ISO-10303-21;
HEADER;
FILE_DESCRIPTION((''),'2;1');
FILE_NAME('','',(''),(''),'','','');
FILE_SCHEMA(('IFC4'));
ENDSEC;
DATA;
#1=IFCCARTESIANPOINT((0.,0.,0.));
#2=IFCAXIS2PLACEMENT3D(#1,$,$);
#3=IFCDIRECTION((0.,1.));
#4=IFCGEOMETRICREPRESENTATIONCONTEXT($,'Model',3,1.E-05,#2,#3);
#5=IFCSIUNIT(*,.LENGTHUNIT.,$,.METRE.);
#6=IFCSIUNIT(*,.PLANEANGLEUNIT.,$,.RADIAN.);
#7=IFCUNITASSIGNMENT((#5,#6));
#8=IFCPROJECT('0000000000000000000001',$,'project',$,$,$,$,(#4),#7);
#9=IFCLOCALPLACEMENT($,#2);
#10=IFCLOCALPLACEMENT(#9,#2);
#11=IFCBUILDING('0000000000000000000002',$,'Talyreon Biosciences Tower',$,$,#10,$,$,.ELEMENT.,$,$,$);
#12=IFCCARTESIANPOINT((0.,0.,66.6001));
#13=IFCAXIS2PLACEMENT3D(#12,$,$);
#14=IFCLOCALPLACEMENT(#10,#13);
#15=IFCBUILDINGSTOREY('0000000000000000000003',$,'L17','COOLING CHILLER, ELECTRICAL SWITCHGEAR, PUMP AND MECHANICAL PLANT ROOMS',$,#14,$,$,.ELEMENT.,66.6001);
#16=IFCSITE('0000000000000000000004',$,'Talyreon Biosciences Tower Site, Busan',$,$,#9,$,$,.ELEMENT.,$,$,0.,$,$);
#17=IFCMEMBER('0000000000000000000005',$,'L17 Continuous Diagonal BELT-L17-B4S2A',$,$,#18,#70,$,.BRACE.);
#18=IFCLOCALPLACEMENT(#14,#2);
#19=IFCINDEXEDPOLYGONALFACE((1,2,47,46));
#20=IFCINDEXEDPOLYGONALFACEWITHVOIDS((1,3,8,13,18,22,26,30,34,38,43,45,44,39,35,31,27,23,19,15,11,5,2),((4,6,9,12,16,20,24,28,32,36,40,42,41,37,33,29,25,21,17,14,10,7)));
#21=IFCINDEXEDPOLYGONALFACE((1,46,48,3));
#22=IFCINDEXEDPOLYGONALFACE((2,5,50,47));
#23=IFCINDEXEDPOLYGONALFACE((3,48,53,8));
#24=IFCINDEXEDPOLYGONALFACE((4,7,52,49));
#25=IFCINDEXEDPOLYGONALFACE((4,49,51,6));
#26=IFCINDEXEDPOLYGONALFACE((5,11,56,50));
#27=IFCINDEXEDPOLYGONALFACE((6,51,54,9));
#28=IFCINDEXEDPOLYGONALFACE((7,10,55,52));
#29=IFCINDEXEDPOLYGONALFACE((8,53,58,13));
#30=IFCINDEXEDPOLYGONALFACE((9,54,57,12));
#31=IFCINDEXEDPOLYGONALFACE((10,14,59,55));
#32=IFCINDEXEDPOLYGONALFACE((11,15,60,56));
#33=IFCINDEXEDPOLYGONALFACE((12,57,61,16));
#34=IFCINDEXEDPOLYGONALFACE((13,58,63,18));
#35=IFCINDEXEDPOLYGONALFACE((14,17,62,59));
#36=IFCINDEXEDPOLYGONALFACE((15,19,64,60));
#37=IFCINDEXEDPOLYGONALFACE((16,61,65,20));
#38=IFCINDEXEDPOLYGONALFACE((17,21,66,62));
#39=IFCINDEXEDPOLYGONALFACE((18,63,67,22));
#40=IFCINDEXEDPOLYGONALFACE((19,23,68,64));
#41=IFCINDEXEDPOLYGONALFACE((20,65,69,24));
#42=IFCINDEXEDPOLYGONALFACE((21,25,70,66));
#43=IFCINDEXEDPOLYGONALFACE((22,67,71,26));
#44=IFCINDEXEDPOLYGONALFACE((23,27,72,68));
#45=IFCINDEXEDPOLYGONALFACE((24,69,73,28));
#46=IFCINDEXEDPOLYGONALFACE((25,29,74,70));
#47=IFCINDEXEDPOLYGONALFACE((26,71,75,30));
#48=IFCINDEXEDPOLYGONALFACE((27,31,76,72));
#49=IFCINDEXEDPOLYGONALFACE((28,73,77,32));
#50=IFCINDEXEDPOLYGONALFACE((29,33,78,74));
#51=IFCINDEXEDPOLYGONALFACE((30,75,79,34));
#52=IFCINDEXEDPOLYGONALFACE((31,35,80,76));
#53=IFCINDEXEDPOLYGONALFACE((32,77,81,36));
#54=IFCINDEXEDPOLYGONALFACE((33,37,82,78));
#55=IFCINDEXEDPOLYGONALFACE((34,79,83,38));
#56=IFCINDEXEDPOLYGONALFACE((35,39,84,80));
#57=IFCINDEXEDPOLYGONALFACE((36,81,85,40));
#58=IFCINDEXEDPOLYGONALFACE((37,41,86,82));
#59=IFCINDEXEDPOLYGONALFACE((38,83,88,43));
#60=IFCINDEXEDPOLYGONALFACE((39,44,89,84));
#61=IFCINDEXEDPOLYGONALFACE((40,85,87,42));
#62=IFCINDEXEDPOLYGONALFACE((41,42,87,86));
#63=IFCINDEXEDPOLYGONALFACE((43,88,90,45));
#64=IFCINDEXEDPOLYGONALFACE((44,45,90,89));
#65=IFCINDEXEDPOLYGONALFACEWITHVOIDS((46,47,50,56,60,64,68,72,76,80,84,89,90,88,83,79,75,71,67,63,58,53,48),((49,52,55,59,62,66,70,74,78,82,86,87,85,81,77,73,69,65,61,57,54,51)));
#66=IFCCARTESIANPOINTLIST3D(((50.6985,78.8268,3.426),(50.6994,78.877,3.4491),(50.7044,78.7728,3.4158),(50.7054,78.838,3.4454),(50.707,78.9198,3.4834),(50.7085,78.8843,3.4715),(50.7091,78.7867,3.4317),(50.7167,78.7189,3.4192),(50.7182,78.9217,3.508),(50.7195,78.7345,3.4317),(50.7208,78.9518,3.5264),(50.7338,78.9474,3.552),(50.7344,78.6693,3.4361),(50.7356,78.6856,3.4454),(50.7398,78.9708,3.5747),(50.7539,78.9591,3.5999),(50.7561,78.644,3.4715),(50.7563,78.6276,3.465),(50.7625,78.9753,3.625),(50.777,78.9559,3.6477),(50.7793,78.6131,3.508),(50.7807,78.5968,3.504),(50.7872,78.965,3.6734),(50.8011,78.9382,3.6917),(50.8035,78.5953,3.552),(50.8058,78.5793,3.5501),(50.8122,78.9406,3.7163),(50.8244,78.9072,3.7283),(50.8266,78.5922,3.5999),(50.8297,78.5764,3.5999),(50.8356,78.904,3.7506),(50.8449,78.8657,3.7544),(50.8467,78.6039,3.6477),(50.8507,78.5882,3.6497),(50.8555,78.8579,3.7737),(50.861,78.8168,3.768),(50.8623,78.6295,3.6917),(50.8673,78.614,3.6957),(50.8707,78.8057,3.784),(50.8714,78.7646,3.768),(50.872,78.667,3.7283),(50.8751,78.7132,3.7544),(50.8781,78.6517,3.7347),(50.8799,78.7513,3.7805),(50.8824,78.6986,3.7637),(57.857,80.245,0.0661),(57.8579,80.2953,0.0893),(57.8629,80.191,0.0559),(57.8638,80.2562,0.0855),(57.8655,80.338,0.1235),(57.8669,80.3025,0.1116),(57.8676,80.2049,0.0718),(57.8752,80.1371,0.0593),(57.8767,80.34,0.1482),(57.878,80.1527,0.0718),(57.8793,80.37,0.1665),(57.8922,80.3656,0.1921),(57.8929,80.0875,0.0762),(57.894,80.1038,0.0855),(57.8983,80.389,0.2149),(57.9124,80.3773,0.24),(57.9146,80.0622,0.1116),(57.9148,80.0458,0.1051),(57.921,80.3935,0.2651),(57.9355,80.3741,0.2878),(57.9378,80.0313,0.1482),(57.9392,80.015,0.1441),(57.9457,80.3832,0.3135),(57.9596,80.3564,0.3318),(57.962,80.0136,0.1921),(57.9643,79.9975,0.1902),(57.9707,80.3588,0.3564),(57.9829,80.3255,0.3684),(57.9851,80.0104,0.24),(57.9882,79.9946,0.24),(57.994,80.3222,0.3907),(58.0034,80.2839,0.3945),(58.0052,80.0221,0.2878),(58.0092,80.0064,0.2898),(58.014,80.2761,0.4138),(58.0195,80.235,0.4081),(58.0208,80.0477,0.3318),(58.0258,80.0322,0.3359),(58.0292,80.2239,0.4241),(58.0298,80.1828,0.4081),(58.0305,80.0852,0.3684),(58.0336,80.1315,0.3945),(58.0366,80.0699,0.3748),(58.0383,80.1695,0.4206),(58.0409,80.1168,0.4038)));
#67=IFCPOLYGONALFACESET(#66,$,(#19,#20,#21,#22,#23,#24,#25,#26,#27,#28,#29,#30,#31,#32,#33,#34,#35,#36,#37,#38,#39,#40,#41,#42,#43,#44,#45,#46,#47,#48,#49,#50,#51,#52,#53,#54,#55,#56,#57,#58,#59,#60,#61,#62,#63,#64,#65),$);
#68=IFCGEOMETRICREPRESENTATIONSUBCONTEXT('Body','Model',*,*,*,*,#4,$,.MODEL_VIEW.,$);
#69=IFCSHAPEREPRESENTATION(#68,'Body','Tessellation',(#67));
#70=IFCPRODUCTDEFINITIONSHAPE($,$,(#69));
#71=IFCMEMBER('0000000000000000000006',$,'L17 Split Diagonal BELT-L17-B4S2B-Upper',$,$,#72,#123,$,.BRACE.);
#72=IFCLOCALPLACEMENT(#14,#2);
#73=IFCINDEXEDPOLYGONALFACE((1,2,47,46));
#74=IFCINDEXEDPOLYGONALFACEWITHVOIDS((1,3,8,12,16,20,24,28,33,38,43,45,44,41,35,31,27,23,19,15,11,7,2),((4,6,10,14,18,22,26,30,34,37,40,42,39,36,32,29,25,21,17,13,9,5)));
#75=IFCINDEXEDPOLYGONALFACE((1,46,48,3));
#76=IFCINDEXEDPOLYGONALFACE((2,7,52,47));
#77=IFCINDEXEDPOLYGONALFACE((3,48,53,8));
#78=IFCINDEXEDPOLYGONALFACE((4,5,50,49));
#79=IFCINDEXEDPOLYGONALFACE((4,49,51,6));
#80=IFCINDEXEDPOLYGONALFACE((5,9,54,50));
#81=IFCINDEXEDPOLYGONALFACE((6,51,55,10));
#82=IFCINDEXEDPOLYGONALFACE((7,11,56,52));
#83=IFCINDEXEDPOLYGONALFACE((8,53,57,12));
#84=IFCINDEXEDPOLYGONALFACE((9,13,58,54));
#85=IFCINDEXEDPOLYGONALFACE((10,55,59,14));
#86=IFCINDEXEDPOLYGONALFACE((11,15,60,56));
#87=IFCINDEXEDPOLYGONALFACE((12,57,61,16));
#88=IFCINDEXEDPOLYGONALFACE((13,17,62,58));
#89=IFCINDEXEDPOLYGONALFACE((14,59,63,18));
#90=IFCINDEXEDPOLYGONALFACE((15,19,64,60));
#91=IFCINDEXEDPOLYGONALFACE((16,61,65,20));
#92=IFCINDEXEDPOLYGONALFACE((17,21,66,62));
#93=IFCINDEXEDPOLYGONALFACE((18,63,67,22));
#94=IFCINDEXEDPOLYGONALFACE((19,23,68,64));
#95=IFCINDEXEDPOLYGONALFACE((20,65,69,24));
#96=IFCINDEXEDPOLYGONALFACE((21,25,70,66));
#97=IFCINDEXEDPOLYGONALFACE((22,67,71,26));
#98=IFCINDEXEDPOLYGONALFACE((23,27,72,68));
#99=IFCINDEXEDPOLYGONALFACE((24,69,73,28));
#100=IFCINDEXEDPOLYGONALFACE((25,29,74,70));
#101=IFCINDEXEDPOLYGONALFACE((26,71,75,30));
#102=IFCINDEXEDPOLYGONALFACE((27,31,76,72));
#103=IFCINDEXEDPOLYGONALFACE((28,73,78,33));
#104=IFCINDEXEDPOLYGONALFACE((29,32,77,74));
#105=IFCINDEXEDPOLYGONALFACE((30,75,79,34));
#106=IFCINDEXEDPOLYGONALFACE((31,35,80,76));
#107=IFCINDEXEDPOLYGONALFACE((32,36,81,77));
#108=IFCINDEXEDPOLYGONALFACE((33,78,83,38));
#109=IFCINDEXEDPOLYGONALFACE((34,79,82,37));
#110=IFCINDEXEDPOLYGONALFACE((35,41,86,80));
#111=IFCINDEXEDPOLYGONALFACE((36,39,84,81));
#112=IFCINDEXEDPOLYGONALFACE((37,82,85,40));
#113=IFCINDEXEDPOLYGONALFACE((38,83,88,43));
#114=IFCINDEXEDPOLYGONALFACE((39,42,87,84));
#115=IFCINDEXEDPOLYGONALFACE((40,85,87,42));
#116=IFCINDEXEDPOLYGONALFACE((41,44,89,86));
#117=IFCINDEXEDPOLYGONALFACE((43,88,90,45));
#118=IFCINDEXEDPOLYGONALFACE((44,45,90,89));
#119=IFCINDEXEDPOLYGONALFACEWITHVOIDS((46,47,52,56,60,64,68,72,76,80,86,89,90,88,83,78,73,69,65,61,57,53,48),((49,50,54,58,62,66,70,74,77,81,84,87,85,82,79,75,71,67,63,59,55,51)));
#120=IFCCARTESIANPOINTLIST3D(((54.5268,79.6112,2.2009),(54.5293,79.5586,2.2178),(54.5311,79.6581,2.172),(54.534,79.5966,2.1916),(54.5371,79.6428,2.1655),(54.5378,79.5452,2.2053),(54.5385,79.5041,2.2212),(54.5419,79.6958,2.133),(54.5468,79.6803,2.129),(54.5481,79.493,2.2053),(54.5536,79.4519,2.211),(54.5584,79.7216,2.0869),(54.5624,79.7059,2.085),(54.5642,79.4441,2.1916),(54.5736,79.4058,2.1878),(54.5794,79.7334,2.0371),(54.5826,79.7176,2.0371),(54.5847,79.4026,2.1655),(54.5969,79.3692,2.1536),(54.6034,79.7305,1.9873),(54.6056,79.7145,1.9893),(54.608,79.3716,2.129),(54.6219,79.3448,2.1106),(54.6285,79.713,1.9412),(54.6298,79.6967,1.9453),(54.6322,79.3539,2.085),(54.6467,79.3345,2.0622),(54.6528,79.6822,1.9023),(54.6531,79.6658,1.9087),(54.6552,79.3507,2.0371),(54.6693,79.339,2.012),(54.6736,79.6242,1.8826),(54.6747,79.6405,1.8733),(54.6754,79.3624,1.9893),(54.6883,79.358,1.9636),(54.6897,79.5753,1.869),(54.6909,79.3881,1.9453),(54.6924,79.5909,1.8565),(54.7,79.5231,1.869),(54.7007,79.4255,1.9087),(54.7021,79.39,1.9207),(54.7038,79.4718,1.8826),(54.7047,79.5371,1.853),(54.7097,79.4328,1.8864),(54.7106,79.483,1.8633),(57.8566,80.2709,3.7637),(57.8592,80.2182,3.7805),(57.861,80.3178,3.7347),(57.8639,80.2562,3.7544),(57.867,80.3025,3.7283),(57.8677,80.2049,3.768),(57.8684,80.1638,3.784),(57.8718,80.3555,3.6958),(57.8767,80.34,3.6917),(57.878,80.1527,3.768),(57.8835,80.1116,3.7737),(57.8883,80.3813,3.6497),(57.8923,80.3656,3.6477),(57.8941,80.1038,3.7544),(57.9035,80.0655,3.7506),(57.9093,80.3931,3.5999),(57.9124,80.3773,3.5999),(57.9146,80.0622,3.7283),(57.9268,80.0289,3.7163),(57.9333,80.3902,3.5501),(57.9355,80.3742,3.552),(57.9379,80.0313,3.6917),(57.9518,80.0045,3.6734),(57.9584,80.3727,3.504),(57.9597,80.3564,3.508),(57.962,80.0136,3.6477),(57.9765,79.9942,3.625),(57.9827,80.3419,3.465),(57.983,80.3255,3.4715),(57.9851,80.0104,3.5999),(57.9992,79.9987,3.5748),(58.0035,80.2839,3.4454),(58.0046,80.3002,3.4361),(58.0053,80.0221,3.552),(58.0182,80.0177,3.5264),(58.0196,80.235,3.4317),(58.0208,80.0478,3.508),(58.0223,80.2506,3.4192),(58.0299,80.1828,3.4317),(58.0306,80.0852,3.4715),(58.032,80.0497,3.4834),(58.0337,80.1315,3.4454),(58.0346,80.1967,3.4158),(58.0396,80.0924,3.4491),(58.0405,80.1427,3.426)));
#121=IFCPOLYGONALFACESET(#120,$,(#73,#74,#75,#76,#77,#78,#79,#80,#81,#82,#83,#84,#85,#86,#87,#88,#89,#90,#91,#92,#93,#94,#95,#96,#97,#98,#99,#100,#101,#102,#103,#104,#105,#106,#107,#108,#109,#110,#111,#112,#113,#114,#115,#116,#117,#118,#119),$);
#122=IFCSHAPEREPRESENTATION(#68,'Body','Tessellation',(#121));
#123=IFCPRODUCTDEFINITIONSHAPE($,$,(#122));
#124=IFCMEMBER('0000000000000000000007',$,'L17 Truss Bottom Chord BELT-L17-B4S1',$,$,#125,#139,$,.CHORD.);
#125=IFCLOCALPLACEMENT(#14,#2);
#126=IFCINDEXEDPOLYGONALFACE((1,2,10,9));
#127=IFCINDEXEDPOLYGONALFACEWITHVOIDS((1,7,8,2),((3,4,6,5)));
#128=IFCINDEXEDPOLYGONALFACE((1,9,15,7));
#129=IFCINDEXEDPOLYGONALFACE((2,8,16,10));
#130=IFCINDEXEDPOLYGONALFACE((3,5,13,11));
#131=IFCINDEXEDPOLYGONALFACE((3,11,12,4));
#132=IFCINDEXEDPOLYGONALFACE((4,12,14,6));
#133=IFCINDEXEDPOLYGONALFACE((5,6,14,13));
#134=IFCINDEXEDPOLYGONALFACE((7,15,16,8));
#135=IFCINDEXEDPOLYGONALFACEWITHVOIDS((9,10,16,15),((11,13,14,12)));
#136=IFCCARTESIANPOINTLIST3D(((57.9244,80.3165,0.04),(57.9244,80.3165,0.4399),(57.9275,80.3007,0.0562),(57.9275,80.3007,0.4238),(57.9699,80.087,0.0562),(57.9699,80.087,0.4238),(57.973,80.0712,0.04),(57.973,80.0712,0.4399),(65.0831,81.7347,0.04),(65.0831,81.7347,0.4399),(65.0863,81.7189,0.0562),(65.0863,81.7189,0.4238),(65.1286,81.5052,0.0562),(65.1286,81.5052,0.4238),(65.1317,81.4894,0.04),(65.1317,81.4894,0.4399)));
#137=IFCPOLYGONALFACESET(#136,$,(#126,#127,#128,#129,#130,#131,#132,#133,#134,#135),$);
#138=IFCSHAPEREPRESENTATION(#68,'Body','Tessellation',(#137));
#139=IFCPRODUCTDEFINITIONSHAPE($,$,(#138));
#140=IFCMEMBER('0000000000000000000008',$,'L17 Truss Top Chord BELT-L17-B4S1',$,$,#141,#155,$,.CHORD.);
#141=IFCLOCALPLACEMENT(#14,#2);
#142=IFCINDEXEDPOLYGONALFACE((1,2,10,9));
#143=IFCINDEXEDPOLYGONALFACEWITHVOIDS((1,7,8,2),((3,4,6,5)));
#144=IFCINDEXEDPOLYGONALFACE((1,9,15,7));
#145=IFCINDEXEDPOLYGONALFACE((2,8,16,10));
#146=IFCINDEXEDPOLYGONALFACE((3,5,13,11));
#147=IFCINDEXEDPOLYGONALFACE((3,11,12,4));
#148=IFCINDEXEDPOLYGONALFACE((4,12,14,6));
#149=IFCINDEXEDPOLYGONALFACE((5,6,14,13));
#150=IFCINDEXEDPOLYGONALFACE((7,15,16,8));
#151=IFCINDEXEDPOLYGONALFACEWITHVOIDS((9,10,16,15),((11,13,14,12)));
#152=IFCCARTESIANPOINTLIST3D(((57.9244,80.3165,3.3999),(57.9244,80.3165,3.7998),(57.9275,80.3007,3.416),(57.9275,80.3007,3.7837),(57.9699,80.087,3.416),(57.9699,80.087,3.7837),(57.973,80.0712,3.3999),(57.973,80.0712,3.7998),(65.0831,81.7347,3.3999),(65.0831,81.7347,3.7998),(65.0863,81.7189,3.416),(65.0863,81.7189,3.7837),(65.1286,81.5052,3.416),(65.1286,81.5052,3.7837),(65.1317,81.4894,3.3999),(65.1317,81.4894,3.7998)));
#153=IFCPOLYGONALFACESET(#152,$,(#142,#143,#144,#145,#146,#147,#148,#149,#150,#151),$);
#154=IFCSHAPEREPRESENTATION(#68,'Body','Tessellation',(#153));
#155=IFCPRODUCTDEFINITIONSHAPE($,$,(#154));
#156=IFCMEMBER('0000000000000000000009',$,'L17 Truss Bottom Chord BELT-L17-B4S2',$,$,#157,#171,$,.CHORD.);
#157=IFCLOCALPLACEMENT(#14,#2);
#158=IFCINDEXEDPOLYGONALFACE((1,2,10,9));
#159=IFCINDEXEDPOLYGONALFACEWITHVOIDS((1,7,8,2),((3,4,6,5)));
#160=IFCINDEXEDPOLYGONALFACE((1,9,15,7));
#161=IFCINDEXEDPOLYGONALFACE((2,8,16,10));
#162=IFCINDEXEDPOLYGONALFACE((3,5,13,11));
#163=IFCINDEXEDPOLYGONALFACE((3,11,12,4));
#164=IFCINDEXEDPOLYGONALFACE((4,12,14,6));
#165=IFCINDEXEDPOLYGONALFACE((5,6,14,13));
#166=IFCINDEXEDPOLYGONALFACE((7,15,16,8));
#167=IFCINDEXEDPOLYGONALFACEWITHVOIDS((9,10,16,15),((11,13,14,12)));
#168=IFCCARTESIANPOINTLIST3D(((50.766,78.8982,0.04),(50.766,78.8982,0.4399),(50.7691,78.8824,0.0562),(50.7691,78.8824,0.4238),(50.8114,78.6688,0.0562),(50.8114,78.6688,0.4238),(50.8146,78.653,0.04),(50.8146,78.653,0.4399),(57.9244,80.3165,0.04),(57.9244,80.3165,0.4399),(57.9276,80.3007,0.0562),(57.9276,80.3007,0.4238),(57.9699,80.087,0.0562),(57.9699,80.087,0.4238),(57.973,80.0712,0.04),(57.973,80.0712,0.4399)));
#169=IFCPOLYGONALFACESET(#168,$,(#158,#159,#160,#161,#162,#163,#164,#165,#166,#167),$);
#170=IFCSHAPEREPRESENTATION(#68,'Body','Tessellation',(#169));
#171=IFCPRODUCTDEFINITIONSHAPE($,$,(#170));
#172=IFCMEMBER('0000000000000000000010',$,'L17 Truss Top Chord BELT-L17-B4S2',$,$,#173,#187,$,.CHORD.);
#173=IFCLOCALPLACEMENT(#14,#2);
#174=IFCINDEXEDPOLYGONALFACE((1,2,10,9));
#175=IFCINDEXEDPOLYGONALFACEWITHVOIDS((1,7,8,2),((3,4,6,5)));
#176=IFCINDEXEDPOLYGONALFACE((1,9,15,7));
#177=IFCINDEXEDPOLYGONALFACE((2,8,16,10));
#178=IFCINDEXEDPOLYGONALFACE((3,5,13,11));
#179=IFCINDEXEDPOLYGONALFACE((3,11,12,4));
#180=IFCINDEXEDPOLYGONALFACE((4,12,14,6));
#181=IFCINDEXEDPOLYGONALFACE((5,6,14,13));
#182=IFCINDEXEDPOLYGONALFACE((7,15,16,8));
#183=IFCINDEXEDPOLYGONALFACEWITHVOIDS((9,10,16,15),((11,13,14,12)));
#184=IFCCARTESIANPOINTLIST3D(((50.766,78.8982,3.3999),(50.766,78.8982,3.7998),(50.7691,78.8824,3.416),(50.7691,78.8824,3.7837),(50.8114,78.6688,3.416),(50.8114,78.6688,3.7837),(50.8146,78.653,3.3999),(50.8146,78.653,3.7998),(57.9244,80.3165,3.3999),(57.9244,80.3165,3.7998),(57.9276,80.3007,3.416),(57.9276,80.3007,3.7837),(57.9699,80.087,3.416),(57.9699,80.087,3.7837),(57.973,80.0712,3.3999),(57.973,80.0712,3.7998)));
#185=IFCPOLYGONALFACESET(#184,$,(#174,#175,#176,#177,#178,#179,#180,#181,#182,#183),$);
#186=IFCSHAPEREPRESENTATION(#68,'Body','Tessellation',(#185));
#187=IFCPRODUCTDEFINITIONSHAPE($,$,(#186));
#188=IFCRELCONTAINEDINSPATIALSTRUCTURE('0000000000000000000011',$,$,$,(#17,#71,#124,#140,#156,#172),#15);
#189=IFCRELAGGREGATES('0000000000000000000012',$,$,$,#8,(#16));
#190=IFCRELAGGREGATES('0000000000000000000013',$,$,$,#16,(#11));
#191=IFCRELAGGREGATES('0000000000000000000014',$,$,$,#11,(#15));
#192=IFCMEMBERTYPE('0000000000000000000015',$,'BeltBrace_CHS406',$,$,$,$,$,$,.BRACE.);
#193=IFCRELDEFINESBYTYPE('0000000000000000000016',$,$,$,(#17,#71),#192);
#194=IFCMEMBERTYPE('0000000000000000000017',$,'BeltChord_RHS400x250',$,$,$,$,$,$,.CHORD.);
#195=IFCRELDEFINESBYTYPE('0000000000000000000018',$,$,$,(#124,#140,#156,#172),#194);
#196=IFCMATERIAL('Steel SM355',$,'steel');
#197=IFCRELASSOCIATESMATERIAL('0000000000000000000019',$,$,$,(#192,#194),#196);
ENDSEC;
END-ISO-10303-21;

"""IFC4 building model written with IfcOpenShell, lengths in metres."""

from ifc_helpers import new_model, si_unit, direction, frame, origin, origin_2d, place, context, subcontext, project, spatial, hollow_rectangle, hollow_circle, extrude, material, material_profile, profile_set, type_object, element, save


model = new_model("IFC4")

# Units and contexts
model_context = context("Model", 3, precision=1e-05, world=origin(), true_north=direction((0.0, 1.0)))
body_context = subcontext(model_context, "Body", "Model", "MODEL_VIEW")
ifc_project = project(units=[si_unit("LENGTHUNIT", "METRE"), si_unit("PLANEANGLEUNIT", "RADIAN")], contexts=[model_context])

# Site, building, storey
site_placement = place(None, origin())
site = spatial("IfcSite", under=ifc_project, at=site_placement, Name="Talyreon Biosciences Tower Site, Busan", CompositionType="ELEMENT", RefElevation=0.0)
building_placement = place(site_placement, origin())
building = spatial("IfcBuilding", under=site, at=building_placement, Name="Talyreon Biosciences Tower", CompositionType="ELEMENT")
storey_placement = place(building_placement, frame((0.0, 0.0, 66.6001)))
storey = spatial("IfcBuildingStorey", under=building, at=storey_placement, Name="L17", Description="COOLING CHILLER, ELECTRICAL SWITCHGEAR, PUMP AND MECHANICAL PLANT ROOMS", CompositionType="ELEMENT", Elevation=66.6001)

# Members
ifc_material_1 = material(Name="Steel SM355", Category="steel")
ifc_material_profile_1 = material_profile(ifc_material_1, hollow_circle(Radius=0.2031, WallThickness=0.0161, at=origin_2d()), Name="CHS 406.4x16")
ifc_profile_set_1 = profile_set([ifc_material_profile_1], Name="Steel SM355")
member_type_1 = type_object("IfcMemberType", Name="BeltBrace_CHS406", PredefinedType="BRACE", material=ifc_profile_set_1)
member_1_placement = place(storey_placement, frame((57.9487, 80.1938, 0.24), z_axis=(-0.891031, -0.176529, 0.418211), x_axis=(0.19434, -0.980934, 0.0)))
element("IfcMember", 1, at=member_1_placement, inside=storey, type_object=member_type_1, Name="L17 Continuous Diagonal BELT-L17-B4S2A", PredefinedType="BRACE", context=body_context, shape_type="SweptSolid", body=[
    extrude(hollow_circle(Radius=0.2031, WallThickness=0.0161, at=origin_2d()), origin(), (0.0, 0.0, 1.0), 8.0339),
])
member_2_placement = place(storey_placement, frame((54.6189, 79.5342, 2.0371), z_axis=(0.891046, 0.176524, 0.418182), x_axis=(-0.194332, 0.980936, 0.0)))
element("IfcMember", 2, at=member_2_placement, inside=storey, type_object=member_type_1, Name="L17 Split Diagonal BELT-L17-B4S2B-Upper", PredefinedType="BRACE", context=body_context, shape_type="SweptSolid", body=[
    extrude(hollow_circle(Radius=0.2031, WallThickness=0.0161, at=origin_2d()), origin(), (0.0, 0.0, 1.0), 3.7371),
])
ifc_material_profile_2 = material_profile(ifc_material_1, hollow_rectangle(XDim=0.25, YDim=0.3999, WallThickness=0.0161, at=origin_2d()), Name="RHS 400x250x16")
ifc_profile_set_2 = profile_set([ifc_material_profile_2], Name="Steel SM355")
member_type_2 = type_object("IfcMemberType", Name="BeltChord_RHS400x250", PredefinedType="CHORD", material=ifc_profile_set_2)
for number, where, z_axis, x_axis, name in (
    (3, (65.1074, 81.6121, 0.24), (-0.980935, -0.194334, 0.0), (0.194334, -0.980935, 0.0), "L17 Truss Bottom Chord BELT-L17-B4S1"),
    (4, (65.1074, 81.6121, 3.5999), (-0.980935, -0.194334, 0.0), (0.194334, -0.980935, 0.0), "L17 Truss Top Chord BELT-L17-B4S1"),
):
    element("IfcMember", number, at=place(storey_placement, frame(where, z_axis=z_axis, x_axis=x_axis)), inside=storey, type_object=member_type_2, Name=name, PredefinedType="CHORD", context=body_context, shape_type="SweptSolid", body=[
        extrude(hollow_rectangle(XDim=0.25, YDim=0.3999, WallThickness=0.0161, at=origin_2d()), origin(), (0.0, 0.0, 1.0), 7.2979),
    ])
for number, where, z_axis, x_axis, name in (
    (5, (57.9487, 80.1938, 0.24), (-0.980934, -0.19434, 0.0), (0.19434, -0.980934, 0.0), "L17 Truss Bottom Chord BELT-L17-B4S2"),
    (6, (57.9487, 80.1938, 3.5999), (-0.980934, -0.19434, 0.0), (0.19434, -0.980934, 0.0), "L17 Truss Top Chord BELT-L17-B4S2"),
):
    element("IfcMember", number, at=place(storey_placement, frame(where, z_axis=z_axis, x_axis=x_axis)), inside=storey, type_object=member_type_2, Name=name, PredefinedType="CHORD", context=body_context, shape_type="SweptSolid", body=[
        extrude(hollow_rectangle(XDim=0.25, YDim=0.3999, WallThickness=0.0161, at=origin_2d()), origin(), (0.0, 0.0, 1.0), 7.2976),
    ])

save(model, "model.ifc")
